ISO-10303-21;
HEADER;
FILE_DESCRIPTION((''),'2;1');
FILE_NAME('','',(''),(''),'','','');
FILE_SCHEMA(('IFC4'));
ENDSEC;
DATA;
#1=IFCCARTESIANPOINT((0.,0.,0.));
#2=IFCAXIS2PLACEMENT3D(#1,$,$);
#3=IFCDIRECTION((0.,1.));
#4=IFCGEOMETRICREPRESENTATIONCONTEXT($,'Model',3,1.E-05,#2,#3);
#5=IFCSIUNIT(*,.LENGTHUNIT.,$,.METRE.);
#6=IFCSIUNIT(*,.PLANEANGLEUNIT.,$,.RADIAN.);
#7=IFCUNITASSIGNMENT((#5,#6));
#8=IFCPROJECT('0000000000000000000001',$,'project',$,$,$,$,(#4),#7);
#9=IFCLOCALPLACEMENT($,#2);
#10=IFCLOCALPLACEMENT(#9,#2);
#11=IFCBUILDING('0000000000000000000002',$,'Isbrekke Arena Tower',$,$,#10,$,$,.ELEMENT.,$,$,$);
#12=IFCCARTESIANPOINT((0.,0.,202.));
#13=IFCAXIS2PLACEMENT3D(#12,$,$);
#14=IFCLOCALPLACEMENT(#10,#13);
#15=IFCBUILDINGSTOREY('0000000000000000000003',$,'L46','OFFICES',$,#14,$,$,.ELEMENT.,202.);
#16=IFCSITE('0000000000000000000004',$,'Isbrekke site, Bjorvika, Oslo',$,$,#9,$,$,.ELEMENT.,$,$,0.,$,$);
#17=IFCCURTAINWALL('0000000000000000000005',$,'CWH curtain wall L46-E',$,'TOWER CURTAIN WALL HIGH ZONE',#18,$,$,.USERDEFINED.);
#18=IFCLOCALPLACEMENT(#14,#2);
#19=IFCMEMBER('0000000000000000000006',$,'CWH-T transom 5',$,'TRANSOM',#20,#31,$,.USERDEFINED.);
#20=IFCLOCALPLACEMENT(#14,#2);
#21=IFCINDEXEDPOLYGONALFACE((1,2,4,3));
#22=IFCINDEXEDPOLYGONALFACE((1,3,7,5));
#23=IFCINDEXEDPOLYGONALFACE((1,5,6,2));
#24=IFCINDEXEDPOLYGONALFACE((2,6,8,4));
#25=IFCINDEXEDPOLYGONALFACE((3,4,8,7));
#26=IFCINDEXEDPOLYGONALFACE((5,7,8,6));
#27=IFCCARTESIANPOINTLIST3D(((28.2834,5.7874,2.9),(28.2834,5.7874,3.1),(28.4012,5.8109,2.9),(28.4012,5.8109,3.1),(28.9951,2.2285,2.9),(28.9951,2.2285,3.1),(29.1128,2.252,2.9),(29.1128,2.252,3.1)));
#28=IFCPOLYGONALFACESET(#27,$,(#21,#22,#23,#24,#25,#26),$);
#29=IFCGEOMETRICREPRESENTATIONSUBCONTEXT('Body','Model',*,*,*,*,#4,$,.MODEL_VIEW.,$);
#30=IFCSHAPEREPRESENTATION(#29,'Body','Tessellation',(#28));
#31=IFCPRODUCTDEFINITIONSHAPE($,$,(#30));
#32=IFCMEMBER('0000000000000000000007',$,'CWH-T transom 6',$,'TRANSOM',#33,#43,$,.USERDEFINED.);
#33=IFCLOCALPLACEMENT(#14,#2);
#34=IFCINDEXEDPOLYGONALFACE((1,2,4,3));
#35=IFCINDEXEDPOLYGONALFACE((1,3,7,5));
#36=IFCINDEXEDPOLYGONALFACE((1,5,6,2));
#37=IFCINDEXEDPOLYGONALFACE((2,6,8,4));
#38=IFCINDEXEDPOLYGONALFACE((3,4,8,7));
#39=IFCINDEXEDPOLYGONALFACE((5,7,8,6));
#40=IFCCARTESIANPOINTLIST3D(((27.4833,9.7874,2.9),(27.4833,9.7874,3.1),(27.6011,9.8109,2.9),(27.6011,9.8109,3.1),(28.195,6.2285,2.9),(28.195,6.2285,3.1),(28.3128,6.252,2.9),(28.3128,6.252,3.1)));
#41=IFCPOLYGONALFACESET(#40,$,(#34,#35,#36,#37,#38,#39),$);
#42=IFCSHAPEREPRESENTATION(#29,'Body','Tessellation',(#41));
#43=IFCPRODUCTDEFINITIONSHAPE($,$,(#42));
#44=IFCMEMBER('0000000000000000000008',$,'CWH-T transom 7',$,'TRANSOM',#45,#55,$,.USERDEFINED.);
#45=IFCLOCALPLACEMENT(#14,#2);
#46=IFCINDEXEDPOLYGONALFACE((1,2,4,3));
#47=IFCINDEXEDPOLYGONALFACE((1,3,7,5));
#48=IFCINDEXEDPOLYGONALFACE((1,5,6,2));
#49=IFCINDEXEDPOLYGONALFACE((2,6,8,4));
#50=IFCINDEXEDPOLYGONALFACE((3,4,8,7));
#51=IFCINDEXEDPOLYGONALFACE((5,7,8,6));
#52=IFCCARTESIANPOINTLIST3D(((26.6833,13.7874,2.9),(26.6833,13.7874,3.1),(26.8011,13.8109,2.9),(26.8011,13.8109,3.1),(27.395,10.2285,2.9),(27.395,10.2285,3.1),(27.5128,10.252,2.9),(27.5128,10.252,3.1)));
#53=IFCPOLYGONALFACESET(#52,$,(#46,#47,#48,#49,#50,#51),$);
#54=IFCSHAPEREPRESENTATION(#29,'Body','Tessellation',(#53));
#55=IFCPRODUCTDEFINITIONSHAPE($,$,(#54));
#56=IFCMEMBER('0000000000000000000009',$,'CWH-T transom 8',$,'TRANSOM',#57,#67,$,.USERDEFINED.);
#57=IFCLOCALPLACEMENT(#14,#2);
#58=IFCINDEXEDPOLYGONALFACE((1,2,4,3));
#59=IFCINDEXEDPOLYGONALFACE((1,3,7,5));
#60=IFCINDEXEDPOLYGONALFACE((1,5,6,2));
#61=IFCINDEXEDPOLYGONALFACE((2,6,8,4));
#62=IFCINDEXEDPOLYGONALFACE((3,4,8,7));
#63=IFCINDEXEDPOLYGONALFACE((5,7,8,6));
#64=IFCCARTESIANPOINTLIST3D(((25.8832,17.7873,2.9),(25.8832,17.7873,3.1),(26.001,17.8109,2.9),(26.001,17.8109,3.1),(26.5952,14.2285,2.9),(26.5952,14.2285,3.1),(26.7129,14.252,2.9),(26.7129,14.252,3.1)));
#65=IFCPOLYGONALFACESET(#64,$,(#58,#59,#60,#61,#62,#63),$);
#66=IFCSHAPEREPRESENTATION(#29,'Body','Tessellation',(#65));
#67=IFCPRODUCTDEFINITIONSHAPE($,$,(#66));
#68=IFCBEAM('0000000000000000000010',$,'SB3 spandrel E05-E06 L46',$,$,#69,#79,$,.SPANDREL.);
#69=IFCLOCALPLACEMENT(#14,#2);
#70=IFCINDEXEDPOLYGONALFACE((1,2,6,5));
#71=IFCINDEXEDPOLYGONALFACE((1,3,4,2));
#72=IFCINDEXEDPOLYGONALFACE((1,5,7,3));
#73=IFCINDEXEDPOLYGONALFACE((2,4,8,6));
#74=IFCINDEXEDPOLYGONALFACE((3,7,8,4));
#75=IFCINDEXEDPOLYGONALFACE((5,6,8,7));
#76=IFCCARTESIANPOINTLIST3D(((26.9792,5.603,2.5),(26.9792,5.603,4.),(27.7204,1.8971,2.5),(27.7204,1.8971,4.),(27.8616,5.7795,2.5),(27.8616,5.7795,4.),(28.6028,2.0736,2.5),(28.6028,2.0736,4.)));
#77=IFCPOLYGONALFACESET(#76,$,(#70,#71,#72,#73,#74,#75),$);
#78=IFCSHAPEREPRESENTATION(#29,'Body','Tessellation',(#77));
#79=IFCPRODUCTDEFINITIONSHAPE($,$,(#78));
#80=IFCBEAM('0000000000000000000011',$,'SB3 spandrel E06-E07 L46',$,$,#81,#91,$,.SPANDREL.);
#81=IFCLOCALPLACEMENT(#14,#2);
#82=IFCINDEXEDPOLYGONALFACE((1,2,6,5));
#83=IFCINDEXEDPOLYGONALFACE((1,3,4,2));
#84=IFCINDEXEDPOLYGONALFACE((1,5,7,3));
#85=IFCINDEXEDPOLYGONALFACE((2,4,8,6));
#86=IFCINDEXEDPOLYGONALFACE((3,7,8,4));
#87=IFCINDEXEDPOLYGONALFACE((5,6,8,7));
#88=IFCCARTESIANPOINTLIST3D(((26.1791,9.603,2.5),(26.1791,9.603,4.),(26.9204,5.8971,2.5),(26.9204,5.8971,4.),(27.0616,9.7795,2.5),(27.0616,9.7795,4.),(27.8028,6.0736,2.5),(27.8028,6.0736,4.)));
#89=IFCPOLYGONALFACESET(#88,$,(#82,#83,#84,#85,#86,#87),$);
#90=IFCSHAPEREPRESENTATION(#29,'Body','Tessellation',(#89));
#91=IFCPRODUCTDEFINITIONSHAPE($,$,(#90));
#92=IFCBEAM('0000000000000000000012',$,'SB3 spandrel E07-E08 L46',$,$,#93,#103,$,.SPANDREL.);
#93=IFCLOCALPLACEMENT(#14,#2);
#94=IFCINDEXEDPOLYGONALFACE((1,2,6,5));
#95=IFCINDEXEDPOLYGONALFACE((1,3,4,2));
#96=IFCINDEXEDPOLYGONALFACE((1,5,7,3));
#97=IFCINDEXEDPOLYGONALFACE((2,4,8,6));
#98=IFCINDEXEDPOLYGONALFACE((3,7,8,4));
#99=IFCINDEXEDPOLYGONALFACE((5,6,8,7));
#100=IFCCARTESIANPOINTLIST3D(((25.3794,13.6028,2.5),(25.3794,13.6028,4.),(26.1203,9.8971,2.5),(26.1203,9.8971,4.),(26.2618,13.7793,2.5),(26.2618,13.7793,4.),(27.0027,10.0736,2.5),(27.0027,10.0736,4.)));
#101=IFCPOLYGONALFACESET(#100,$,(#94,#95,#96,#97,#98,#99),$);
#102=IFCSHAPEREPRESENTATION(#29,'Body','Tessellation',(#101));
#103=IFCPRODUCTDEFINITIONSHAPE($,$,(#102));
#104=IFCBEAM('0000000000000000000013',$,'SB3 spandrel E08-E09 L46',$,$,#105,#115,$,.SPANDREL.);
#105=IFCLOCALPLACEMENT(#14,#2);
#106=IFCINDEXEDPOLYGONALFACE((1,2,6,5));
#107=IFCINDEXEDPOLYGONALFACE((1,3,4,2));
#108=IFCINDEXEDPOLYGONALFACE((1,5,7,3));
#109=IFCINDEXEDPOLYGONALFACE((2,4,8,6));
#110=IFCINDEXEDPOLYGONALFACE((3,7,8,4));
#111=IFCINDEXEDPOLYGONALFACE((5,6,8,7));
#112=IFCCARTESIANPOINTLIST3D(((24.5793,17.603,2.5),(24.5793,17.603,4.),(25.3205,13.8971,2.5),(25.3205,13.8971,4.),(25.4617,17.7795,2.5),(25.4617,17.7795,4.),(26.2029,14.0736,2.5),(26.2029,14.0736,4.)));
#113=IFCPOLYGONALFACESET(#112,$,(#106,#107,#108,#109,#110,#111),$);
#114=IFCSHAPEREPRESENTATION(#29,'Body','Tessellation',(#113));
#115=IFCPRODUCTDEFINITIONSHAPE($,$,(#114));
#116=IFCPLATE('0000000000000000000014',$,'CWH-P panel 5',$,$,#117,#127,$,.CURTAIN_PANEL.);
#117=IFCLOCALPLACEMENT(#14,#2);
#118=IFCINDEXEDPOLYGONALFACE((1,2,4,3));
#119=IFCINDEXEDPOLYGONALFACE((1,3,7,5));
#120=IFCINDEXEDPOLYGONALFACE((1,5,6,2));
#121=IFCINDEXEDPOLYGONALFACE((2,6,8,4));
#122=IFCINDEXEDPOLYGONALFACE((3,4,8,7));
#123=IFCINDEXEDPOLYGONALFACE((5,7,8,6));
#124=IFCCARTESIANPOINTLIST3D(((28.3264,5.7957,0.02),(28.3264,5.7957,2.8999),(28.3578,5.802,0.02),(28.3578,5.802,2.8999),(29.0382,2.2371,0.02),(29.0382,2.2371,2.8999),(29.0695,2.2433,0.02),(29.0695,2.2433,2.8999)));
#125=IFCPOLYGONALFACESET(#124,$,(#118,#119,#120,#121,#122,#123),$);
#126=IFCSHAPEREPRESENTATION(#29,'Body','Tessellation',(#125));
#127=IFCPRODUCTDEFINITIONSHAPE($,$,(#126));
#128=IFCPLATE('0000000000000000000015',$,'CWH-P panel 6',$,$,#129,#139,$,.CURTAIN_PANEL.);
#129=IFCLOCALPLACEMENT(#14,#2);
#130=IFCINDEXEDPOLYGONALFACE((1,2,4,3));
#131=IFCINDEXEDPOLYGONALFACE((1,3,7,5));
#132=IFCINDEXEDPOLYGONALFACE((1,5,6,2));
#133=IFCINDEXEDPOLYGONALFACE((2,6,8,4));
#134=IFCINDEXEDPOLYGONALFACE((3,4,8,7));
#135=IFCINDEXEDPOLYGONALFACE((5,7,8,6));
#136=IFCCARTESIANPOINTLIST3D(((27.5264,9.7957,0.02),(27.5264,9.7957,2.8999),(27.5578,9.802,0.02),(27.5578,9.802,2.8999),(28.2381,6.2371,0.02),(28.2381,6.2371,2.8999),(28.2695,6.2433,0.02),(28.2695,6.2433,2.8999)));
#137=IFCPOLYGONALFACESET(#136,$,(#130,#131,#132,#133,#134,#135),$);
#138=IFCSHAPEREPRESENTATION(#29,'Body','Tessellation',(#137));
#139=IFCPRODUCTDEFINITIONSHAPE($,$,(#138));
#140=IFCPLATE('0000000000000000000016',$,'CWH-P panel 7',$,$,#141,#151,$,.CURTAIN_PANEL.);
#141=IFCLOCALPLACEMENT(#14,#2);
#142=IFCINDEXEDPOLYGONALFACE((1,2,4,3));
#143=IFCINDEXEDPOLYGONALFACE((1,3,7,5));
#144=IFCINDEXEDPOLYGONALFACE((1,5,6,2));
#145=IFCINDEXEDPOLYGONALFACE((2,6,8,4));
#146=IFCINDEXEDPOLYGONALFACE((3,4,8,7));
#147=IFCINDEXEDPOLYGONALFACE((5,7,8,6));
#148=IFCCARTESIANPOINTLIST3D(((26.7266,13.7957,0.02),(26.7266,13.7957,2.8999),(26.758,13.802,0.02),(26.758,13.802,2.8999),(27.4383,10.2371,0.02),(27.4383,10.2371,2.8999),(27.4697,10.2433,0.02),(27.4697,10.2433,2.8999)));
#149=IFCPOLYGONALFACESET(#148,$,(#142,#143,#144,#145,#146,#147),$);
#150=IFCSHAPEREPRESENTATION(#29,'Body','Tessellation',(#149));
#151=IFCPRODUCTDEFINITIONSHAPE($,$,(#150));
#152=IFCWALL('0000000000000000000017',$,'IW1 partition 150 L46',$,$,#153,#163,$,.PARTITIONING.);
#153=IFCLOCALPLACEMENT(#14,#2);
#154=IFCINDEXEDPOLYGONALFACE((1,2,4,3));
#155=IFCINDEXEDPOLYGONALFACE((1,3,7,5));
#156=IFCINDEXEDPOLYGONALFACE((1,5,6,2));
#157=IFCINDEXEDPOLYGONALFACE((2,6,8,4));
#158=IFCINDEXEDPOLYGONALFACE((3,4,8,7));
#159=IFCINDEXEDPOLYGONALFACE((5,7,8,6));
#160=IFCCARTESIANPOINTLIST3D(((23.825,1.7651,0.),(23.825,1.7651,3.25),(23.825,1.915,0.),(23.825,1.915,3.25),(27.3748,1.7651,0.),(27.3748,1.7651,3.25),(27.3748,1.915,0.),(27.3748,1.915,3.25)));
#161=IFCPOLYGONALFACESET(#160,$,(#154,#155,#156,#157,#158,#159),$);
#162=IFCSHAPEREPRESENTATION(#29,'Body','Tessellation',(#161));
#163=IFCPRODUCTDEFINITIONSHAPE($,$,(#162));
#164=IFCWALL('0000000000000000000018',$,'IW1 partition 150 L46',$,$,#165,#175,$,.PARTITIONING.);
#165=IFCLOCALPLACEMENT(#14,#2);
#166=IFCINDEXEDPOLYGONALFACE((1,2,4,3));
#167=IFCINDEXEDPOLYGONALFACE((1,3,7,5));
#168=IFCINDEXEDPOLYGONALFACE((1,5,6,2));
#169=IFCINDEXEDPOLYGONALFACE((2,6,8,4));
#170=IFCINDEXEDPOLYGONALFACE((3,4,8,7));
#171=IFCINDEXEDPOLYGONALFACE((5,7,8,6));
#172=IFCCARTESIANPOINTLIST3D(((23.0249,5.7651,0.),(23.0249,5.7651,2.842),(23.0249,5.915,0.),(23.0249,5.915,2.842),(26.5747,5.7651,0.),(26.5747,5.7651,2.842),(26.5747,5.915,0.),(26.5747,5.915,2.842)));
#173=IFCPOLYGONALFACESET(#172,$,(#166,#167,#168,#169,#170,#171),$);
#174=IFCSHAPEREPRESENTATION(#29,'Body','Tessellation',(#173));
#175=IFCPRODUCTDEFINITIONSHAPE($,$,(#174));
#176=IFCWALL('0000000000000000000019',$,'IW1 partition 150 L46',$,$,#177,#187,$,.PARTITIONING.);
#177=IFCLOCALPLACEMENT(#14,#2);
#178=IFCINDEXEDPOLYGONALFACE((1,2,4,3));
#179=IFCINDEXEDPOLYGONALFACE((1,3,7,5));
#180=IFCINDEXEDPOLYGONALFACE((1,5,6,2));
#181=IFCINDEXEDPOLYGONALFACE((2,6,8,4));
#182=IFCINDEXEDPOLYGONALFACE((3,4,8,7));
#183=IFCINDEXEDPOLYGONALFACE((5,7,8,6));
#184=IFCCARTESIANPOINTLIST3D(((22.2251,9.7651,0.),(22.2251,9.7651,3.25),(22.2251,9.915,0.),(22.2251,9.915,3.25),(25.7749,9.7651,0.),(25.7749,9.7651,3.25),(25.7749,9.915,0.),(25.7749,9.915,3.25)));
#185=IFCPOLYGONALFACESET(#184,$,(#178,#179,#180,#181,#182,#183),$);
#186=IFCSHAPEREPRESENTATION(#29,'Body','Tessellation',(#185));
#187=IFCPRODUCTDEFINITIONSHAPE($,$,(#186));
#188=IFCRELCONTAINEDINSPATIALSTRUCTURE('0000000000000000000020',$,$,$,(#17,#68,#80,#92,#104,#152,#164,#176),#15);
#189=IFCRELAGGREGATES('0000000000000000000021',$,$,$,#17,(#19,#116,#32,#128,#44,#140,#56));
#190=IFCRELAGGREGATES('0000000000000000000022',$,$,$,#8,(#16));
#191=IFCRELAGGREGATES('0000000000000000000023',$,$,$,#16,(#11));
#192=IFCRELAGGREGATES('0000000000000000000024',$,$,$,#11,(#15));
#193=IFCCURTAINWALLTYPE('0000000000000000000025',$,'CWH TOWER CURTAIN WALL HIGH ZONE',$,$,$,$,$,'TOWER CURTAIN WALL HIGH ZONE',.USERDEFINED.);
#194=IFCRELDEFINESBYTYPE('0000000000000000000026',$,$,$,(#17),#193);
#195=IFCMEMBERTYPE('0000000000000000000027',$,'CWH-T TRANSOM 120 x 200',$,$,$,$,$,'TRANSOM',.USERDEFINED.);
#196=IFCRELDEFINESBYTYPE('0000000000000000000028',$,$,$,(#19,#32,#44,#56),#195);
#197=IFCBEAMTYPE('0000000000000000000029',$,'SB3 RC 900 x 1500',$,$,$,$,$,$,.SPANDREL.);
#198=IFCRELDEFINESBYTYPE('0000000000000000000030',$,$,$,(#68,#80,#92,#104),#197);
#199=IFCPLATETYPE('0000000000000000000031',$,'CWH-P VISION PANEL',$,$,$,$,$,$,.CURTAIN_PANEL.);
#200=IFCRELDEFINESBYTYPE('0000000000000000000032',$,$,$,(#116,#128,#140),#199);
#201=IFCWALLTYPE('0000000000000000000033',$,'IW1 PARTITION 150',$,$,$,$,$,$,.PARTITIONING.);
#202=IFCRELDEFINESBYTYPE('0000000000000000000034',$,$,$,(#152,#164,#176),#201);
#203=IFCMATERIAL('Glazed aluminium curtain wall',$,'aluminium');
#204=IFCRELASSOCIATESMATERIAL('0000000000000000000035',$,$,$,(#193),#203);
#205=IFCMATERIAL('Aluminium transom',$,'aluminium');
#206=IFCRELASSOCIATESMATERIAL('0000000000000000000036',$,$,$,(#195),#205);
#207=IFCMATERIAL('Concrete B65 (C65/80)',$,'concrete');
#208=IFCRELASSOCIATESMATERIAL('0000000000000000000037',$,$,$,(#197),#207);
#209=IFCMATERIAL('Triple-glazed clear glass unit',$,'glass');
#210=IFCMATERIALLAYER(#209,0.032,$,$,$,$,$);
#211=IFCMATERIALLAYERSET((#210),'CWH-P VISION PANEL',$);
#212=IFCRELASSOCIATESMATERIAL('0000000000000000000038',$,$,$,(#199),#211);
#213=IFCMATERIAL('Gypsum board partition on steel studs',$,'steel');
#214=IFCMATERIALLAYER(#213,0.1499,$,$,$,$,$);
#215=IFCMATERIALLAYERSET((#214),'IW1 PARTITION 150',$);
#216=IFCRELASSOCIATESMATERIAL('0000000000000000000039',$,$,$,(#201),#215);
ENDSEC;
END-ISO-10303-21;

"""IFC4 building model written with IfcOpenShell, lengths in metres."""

from ifc_helpers import new_model, si_unit, direction, frame, frame_2d, origin, origin_2d, place, context, subcontext, project, spatial, rectangle, extrude, material, layer, layer_set, material_profile, profile_set, type_object, element, aggregate, save


model = new_model("IFC4")

# Units and contexts
model_context = context("Model", 3, precision=1e-05, world=origin(), true_north=direction((0.0, 1.0)))
body_context = subcontext(model_context, "Body", "Model", "MODEL_VIEW")
ifc_project = project(units=[si_unit("LENGTHUNIT", "METRE"), si_unit("PLANEANGLEUNIT", "RADIAN")], contexts=[model_context])

# Site, building, storey
site_placement = place(None, origin())
site = spatial("IfcSite", under=ifc_project, at=site_placement, Name="Isbrekke site, Bjorvika, Oslo", CompositionType="ELEMENT", RefElevation=0.0)
building_placement = place(site_placement, origin())
building = spatial("IfcBuilding", under=site, at=building_placement, Name="Isbrekke Arena Tower", CompositionType="ELEMENT")
storey_placement = place(building_placement, frame((0.0, 0.0, 202.0)))
storey = spatial("IfcBuildingStorey", under=building, at=storey_placement, Name="L46", Description="OFFICES", CompositionType="ELEMENT", Elevation=202.0)

# Curtain wall, members
ifc_material_1 = material(Name="Glazed aluminium curtain wall", Category="aluminium")
curtain_wall_type = type_object("IfcCurtainWallType", Name="CWH TOWER CURTAIN WALL HIGH ZONE", ElementType="TOWER CURTAIN WALL HIGH ZONE", PredefinedType="USERDEFINED", material=ifc_material_1)
curtain_wall_placement = place(storey_placement, origin())
curtain_wall = element("IfcCurtainWall", 1, at=curtain_wall_placement, inside=storey, type_object=curtain_wall_type, Name="CWH curtain wall L46-E", ObjectType="TOWER CURTAIN WALL HIGH ZONE", PredefinedType="USERDEFINED")
ifc_material_2 = material(Name="Aluminium transom", Category="aluminium")
ifc_material_profile_1 = material_profile(ifc_material_2, rectangle(XDim=0.1201, YDim=0.2, at=origin_2d()), Name="TRANSOM 120X200")
ifc_profile_set_1 = profile_set([ifc_material_profile_1], Name="Aluminium transom")
member_type_1 = type_object("IfcMemberType", Name="CWH-T TRANSOM 120 x 200", ElementType="TRANSOM", PredefinedType="USERDEFINED", material=ifc_profile_set_1)
member_1_placement = place(storey_placement, frame((29.054, 2.2402, 3.0), z_axis=(-0.19609, 0.980586, 0.0), x_axis=(-0.980586, -0.19609, 0.0)))
member_1 = element("IfcMember", 2, at=member_1_placement, type_object=member_type_1, Name="CWH-T transom 5", ObjectType="TRANSOM", PredefinedType="USERDEFINED", context=body_context, shape_type="SweptSolid", body=[
    extrude(rectangle(XDim=0.1201, YDim=0.2, at=origin_2d()), origin(), (0.0, 0.0, 1.0), 3.6294),
])
member_2_placement = place(storey_placement, frame((28.2539, 6.2402, 3.0), z_axis=(-0.19609, 0.980586, 0.0), x_axis=(-0.980586, -0.19609, 0.0)))
member_2 = element("IfcMember", 3, at=member_2_placement, type_object=member_type_1, Name="CWH-T transom 6", ObjectType="TRANSOM", PredefinedType="USERDEFINED", context=body_context, shape_type="SweptSolid", body=[
    extrude(rectangle(XDim=0.1201, YDim=0.2, at=origin_2d()), origin(), (0.0, 0.0, 1.0), 3.6294),
])
member_3_placement = place(storey_placement, frame((27.4539, 10.2402, 3.0), z_axis=(-0.19609, 0.980586, 0.0), x_axis=(-0.980586, -0.19609, 0.0)))
member_3 = element("IfcMember", 4, at=member_3_placement, type_object=member_type_1, Name="CWH-T transom 7", ObjectType="TRANSOM", PredefinedType="USERDEFINED", context=body_context, shape_type="SweptSolid", body=[
    extrude(rectangle(XDim=0.1201, YDim=0.2, at=origin_2d()), origin(), (0.0, 0.0, 1.0), 3.6294),
])
member_4_placement = place(storey_placement, frame((26.6541, 14.2402, 3.0), z_axis=(-0.196155, 0.980573, 0.0), x_axis=(-0.980573, -0.196155, 0.0)))
member_4 = element("IfcMember", 5, at=member_4_placement, type_object=member_type_1, Name="CWH-T transom 8", ObjectType="TRANSOM", PredefinedType="USERDEFINED", context=body_context, shape_type="SweptSolid", body=[
    extrude(rectangle(XDim=0.1201, YDim=0.2, at=origin_2d()), origin(), (0.0, 0.0, 1.0), 3.6294),
])

# Beams
ifc_material_3 = material(Name="Concrete B65 (C65/80)", Category="concrete")
ifc_material_profile_2 = material_profile(ifc_material_3, rectangle(XDim=0.8999, YDim=1.5, at=origin_2d()), Name="RC 900x1500")
ifc_profile_set_2 = profile_set([ifc_material_profile_2], Name="Concrete B65 (C65/80)")
beam_type_1 = type_object("IfcBeamType", Name="SB3 RC 900 x 1500", PredefinedType="SPANDREL", material=ifc_profile_set_2)
for number, where, z_axis, x_axis, name in (
    (6, (28.1616, 1.9854, 3.25), (-0.196129, 0.980578, 0.0), (-0.980578, -0.196129, 0.0), "SB3 spandrel E05-E06 L46"),
    (7, (27.3616, 5.9854, 3.25), (-0.196129, 0.980578, 0.0), (-0.980578, -0.196129, 0.0), "SB3 spandrel E06-E07 L46"),
):
    element("IfcBeam", number, at=place(storey_placement, frame(where, z_axis=z_axis, x_axis=x_axis)), inside=storey, type_object=beam_type_1, Name=name, PredefinedType="SPANDREL", context=body_context, shape_type="SweptSolid", body=[
        extrude(rectangle(XDim=0.8999, YDim=1.5, at=origin_2d()), origin(), (0.0, 0.0, 1.0), 3.7793),
    ])
beam_1_placement = place(storey_placement, frame((26.5615, 9.9854, 3.25), z_axis=(-0.196066, 0.980591, 0.0), x_axis=(-0.980591, -0.196066, 0.0)))
element("IfcBeam", 8, at=beam_1_placement, inside=storey, type_object=beam_type_1, Name="SB3 spandrel E07-E08 L46", PredefinedType="SPANDREL", context=body_context, shape_type="SweptSolid", body=[
    extrude(rectangle(XDim=0.8999, YDim=1.5, at=origin_2d()), origin(), (0.0, 0.0, 1.0), 3.7791),
])
beam_2_placement = place(storey_placement, frame((25.7617, 13.9854, 3.25), z_axis=(-0.196129, 0.980578, 0.0), x_axis=(-0.980578, -0.196129, 0.0)))
element("IfcBeam", 9, at=beam_2_placement, inside=storey, type_object=beam_type_1, Name="SB3 spandrel E08-E09 L46", PredefinedType="SPANDREL", context=body_context, shape_type="SweptSolid", body=[
    extrude(rectangle(XDim=0.8999, YDim=1.5, at=origin_2d()), origin(), (0.0, 0.0, 1.0), 3.7793),
])

# Plates
ifc_material_4 = material(Name="Triple-glazed clear glass unit", Category="glass")
ifc_layer_1 = layer(ifc_material_4, 0.032)
ifc_layer_set_1 = layer_set([ifc_layer_1], Name="CWH-P VISION PANEL")
plate_type = type_object("IfcPlateType", Name="CWH-P VISION PANEL", PredefinedType="CURTAIN_PANEL", material=ifc_layer_set_1)
plate_1_placement = place(storey_placement, frame((28.698, 4.0195, 0.02), z_axis=(0.0, 0.0, 1.0), x_axis=(-0.196116, 0.980581, 0.0)))
plate_1 = element("IfcPlate", 10, at=plate_1_placement, type_object=plate_type, Name="CWH-P panel 5", PredefinedType="CURTAIN_PANEL", context=body_context, shape_type="SweptSolid", body=[
    extrude(rectangle(XDim=3.6292, YDim=0.032, at=origin_2d()), origin(), (0.0, 0.0, 1.0), 2.8799),
])
plate_2_placement = place(storey_placement, frame((27.8979, 8.0195, 0.02), z_axis=(0.0, 0.0, 1.0), x_axis=(-0.196116, 0.980581, 0.0)))
plate_2 = element("IfcPlate", 11, at=plate_2_placement, type_object=plate_type, Name="CWH-P panel 6", PredefinedType="CURTAIN_PANEL", context=body_context, shape_type="SweptSolid", body=[
    extrude(rectangle(XDim=3.6292, YDim=0.032, at=origin_2d()), origin(), (0.0, 0.0, 1.0), 2.8799),
])
plate_3_placement = place(storey_placement, frame((27.0981, 12.0195, 0.02), z_axis=(0.0, 0.0, 1.0), x_axis=(-0.196116, 0.980581, 0.0)))
plate_3 = element("IfcPlate", 12, at=plate_3_placement, type_object=plate_type, Name="CWH-P panel 7", PredefinedType="CURTAIN_PANEL", context=body_context, shape_type="SweptSolid", body=[
    extrude(rectangle(XDim=3.6292, YDim=0.032, at=origin_2d()), origin(), (0.0, 0.0, 1.0), 2.8799),
])
aggregate(curtain_wall, [member_1, plate_1, member_2, plate_2, member_3, plate_3, member_4])

# Walls
ifc_material_5 = material(Name="Gypsum board partition on steel studs", Category="steel")
ifc_layer_2 = layer(ifc_material_5, 0.1499)
ifc_layer_set_2 = layer_set([ifc_layer_2], Name="IW1 PARTITION 150")
wall_type = type_object("IfcWallType", Name="IW1 PARTITION 150", PredefinedType="PARTITIONING", material=ifc_layer_set_2)
wall_1_placement = place(storey_placement, frame((23.825, 1.8401, 0.0), z_axis=(0.0, 0.0, 1.0), x_axis=(1.0, 0.0, 0.0)))
element("IfcWall", 13, at=wall_1_placement, inside=storey, type_object=wall_type, Name="IW1 partition 150 L46", PredefinedType="PARTITIONING", context=body_context, shape_type="SweptSolid", body=[
    extrude(rectangle(XDim=3.5498, YDim=0.1499, at=frame_2d((1.7749, 0.0))), origin(), (0.0, 0.0, 1.0), 3.25),
])
wall_2_placement = place(storey_placement, frame((23.0249, 5.8401, 0.0), z_axis=(0.0, 0.0, 1.0), x_axis=(1.0, 0.0, 0.0)))
element("IfcWall", 14, at=wall_2_placement, inside=storey, type_object=wall_type, Name="IW1 partition 150 L46", PredefinedType="PARTITIONING", context=body_context, shape_type="SweptSolid", body=[
    extrude(rectangle(XDim=3.5498, YDim=0.1499, at=frame_2d((1.7749, 0.0))), origin(), (0.0, 0.0, 1.0), 2.842),
])
for number, where, z_axis, x_axis, name in (
    (15, (22.2251, 9.8401, 0.0), (0.0, 0.0, 1.0), (1.0, 0.0, 0.0), "IW1 partition 150 L46"),
):
    element("IfcWall", number, at=place(storey_placement, frame(where, z_axis=z_axis, x_axis=x_axis)), inside=storey, type_object=wall_type, Name=name, PredefinedType="PARTITIONING", context=body_context, shape_type="SweptSolid", body=[
        extrude(rectangle(XDim=3.5498, YDim=0.1499, at=frame_2d((1.7749, 0.0))), origin(), (0.0, 0.0, 1.0), 3.25),
    ])

save(model, "model.ifc")
